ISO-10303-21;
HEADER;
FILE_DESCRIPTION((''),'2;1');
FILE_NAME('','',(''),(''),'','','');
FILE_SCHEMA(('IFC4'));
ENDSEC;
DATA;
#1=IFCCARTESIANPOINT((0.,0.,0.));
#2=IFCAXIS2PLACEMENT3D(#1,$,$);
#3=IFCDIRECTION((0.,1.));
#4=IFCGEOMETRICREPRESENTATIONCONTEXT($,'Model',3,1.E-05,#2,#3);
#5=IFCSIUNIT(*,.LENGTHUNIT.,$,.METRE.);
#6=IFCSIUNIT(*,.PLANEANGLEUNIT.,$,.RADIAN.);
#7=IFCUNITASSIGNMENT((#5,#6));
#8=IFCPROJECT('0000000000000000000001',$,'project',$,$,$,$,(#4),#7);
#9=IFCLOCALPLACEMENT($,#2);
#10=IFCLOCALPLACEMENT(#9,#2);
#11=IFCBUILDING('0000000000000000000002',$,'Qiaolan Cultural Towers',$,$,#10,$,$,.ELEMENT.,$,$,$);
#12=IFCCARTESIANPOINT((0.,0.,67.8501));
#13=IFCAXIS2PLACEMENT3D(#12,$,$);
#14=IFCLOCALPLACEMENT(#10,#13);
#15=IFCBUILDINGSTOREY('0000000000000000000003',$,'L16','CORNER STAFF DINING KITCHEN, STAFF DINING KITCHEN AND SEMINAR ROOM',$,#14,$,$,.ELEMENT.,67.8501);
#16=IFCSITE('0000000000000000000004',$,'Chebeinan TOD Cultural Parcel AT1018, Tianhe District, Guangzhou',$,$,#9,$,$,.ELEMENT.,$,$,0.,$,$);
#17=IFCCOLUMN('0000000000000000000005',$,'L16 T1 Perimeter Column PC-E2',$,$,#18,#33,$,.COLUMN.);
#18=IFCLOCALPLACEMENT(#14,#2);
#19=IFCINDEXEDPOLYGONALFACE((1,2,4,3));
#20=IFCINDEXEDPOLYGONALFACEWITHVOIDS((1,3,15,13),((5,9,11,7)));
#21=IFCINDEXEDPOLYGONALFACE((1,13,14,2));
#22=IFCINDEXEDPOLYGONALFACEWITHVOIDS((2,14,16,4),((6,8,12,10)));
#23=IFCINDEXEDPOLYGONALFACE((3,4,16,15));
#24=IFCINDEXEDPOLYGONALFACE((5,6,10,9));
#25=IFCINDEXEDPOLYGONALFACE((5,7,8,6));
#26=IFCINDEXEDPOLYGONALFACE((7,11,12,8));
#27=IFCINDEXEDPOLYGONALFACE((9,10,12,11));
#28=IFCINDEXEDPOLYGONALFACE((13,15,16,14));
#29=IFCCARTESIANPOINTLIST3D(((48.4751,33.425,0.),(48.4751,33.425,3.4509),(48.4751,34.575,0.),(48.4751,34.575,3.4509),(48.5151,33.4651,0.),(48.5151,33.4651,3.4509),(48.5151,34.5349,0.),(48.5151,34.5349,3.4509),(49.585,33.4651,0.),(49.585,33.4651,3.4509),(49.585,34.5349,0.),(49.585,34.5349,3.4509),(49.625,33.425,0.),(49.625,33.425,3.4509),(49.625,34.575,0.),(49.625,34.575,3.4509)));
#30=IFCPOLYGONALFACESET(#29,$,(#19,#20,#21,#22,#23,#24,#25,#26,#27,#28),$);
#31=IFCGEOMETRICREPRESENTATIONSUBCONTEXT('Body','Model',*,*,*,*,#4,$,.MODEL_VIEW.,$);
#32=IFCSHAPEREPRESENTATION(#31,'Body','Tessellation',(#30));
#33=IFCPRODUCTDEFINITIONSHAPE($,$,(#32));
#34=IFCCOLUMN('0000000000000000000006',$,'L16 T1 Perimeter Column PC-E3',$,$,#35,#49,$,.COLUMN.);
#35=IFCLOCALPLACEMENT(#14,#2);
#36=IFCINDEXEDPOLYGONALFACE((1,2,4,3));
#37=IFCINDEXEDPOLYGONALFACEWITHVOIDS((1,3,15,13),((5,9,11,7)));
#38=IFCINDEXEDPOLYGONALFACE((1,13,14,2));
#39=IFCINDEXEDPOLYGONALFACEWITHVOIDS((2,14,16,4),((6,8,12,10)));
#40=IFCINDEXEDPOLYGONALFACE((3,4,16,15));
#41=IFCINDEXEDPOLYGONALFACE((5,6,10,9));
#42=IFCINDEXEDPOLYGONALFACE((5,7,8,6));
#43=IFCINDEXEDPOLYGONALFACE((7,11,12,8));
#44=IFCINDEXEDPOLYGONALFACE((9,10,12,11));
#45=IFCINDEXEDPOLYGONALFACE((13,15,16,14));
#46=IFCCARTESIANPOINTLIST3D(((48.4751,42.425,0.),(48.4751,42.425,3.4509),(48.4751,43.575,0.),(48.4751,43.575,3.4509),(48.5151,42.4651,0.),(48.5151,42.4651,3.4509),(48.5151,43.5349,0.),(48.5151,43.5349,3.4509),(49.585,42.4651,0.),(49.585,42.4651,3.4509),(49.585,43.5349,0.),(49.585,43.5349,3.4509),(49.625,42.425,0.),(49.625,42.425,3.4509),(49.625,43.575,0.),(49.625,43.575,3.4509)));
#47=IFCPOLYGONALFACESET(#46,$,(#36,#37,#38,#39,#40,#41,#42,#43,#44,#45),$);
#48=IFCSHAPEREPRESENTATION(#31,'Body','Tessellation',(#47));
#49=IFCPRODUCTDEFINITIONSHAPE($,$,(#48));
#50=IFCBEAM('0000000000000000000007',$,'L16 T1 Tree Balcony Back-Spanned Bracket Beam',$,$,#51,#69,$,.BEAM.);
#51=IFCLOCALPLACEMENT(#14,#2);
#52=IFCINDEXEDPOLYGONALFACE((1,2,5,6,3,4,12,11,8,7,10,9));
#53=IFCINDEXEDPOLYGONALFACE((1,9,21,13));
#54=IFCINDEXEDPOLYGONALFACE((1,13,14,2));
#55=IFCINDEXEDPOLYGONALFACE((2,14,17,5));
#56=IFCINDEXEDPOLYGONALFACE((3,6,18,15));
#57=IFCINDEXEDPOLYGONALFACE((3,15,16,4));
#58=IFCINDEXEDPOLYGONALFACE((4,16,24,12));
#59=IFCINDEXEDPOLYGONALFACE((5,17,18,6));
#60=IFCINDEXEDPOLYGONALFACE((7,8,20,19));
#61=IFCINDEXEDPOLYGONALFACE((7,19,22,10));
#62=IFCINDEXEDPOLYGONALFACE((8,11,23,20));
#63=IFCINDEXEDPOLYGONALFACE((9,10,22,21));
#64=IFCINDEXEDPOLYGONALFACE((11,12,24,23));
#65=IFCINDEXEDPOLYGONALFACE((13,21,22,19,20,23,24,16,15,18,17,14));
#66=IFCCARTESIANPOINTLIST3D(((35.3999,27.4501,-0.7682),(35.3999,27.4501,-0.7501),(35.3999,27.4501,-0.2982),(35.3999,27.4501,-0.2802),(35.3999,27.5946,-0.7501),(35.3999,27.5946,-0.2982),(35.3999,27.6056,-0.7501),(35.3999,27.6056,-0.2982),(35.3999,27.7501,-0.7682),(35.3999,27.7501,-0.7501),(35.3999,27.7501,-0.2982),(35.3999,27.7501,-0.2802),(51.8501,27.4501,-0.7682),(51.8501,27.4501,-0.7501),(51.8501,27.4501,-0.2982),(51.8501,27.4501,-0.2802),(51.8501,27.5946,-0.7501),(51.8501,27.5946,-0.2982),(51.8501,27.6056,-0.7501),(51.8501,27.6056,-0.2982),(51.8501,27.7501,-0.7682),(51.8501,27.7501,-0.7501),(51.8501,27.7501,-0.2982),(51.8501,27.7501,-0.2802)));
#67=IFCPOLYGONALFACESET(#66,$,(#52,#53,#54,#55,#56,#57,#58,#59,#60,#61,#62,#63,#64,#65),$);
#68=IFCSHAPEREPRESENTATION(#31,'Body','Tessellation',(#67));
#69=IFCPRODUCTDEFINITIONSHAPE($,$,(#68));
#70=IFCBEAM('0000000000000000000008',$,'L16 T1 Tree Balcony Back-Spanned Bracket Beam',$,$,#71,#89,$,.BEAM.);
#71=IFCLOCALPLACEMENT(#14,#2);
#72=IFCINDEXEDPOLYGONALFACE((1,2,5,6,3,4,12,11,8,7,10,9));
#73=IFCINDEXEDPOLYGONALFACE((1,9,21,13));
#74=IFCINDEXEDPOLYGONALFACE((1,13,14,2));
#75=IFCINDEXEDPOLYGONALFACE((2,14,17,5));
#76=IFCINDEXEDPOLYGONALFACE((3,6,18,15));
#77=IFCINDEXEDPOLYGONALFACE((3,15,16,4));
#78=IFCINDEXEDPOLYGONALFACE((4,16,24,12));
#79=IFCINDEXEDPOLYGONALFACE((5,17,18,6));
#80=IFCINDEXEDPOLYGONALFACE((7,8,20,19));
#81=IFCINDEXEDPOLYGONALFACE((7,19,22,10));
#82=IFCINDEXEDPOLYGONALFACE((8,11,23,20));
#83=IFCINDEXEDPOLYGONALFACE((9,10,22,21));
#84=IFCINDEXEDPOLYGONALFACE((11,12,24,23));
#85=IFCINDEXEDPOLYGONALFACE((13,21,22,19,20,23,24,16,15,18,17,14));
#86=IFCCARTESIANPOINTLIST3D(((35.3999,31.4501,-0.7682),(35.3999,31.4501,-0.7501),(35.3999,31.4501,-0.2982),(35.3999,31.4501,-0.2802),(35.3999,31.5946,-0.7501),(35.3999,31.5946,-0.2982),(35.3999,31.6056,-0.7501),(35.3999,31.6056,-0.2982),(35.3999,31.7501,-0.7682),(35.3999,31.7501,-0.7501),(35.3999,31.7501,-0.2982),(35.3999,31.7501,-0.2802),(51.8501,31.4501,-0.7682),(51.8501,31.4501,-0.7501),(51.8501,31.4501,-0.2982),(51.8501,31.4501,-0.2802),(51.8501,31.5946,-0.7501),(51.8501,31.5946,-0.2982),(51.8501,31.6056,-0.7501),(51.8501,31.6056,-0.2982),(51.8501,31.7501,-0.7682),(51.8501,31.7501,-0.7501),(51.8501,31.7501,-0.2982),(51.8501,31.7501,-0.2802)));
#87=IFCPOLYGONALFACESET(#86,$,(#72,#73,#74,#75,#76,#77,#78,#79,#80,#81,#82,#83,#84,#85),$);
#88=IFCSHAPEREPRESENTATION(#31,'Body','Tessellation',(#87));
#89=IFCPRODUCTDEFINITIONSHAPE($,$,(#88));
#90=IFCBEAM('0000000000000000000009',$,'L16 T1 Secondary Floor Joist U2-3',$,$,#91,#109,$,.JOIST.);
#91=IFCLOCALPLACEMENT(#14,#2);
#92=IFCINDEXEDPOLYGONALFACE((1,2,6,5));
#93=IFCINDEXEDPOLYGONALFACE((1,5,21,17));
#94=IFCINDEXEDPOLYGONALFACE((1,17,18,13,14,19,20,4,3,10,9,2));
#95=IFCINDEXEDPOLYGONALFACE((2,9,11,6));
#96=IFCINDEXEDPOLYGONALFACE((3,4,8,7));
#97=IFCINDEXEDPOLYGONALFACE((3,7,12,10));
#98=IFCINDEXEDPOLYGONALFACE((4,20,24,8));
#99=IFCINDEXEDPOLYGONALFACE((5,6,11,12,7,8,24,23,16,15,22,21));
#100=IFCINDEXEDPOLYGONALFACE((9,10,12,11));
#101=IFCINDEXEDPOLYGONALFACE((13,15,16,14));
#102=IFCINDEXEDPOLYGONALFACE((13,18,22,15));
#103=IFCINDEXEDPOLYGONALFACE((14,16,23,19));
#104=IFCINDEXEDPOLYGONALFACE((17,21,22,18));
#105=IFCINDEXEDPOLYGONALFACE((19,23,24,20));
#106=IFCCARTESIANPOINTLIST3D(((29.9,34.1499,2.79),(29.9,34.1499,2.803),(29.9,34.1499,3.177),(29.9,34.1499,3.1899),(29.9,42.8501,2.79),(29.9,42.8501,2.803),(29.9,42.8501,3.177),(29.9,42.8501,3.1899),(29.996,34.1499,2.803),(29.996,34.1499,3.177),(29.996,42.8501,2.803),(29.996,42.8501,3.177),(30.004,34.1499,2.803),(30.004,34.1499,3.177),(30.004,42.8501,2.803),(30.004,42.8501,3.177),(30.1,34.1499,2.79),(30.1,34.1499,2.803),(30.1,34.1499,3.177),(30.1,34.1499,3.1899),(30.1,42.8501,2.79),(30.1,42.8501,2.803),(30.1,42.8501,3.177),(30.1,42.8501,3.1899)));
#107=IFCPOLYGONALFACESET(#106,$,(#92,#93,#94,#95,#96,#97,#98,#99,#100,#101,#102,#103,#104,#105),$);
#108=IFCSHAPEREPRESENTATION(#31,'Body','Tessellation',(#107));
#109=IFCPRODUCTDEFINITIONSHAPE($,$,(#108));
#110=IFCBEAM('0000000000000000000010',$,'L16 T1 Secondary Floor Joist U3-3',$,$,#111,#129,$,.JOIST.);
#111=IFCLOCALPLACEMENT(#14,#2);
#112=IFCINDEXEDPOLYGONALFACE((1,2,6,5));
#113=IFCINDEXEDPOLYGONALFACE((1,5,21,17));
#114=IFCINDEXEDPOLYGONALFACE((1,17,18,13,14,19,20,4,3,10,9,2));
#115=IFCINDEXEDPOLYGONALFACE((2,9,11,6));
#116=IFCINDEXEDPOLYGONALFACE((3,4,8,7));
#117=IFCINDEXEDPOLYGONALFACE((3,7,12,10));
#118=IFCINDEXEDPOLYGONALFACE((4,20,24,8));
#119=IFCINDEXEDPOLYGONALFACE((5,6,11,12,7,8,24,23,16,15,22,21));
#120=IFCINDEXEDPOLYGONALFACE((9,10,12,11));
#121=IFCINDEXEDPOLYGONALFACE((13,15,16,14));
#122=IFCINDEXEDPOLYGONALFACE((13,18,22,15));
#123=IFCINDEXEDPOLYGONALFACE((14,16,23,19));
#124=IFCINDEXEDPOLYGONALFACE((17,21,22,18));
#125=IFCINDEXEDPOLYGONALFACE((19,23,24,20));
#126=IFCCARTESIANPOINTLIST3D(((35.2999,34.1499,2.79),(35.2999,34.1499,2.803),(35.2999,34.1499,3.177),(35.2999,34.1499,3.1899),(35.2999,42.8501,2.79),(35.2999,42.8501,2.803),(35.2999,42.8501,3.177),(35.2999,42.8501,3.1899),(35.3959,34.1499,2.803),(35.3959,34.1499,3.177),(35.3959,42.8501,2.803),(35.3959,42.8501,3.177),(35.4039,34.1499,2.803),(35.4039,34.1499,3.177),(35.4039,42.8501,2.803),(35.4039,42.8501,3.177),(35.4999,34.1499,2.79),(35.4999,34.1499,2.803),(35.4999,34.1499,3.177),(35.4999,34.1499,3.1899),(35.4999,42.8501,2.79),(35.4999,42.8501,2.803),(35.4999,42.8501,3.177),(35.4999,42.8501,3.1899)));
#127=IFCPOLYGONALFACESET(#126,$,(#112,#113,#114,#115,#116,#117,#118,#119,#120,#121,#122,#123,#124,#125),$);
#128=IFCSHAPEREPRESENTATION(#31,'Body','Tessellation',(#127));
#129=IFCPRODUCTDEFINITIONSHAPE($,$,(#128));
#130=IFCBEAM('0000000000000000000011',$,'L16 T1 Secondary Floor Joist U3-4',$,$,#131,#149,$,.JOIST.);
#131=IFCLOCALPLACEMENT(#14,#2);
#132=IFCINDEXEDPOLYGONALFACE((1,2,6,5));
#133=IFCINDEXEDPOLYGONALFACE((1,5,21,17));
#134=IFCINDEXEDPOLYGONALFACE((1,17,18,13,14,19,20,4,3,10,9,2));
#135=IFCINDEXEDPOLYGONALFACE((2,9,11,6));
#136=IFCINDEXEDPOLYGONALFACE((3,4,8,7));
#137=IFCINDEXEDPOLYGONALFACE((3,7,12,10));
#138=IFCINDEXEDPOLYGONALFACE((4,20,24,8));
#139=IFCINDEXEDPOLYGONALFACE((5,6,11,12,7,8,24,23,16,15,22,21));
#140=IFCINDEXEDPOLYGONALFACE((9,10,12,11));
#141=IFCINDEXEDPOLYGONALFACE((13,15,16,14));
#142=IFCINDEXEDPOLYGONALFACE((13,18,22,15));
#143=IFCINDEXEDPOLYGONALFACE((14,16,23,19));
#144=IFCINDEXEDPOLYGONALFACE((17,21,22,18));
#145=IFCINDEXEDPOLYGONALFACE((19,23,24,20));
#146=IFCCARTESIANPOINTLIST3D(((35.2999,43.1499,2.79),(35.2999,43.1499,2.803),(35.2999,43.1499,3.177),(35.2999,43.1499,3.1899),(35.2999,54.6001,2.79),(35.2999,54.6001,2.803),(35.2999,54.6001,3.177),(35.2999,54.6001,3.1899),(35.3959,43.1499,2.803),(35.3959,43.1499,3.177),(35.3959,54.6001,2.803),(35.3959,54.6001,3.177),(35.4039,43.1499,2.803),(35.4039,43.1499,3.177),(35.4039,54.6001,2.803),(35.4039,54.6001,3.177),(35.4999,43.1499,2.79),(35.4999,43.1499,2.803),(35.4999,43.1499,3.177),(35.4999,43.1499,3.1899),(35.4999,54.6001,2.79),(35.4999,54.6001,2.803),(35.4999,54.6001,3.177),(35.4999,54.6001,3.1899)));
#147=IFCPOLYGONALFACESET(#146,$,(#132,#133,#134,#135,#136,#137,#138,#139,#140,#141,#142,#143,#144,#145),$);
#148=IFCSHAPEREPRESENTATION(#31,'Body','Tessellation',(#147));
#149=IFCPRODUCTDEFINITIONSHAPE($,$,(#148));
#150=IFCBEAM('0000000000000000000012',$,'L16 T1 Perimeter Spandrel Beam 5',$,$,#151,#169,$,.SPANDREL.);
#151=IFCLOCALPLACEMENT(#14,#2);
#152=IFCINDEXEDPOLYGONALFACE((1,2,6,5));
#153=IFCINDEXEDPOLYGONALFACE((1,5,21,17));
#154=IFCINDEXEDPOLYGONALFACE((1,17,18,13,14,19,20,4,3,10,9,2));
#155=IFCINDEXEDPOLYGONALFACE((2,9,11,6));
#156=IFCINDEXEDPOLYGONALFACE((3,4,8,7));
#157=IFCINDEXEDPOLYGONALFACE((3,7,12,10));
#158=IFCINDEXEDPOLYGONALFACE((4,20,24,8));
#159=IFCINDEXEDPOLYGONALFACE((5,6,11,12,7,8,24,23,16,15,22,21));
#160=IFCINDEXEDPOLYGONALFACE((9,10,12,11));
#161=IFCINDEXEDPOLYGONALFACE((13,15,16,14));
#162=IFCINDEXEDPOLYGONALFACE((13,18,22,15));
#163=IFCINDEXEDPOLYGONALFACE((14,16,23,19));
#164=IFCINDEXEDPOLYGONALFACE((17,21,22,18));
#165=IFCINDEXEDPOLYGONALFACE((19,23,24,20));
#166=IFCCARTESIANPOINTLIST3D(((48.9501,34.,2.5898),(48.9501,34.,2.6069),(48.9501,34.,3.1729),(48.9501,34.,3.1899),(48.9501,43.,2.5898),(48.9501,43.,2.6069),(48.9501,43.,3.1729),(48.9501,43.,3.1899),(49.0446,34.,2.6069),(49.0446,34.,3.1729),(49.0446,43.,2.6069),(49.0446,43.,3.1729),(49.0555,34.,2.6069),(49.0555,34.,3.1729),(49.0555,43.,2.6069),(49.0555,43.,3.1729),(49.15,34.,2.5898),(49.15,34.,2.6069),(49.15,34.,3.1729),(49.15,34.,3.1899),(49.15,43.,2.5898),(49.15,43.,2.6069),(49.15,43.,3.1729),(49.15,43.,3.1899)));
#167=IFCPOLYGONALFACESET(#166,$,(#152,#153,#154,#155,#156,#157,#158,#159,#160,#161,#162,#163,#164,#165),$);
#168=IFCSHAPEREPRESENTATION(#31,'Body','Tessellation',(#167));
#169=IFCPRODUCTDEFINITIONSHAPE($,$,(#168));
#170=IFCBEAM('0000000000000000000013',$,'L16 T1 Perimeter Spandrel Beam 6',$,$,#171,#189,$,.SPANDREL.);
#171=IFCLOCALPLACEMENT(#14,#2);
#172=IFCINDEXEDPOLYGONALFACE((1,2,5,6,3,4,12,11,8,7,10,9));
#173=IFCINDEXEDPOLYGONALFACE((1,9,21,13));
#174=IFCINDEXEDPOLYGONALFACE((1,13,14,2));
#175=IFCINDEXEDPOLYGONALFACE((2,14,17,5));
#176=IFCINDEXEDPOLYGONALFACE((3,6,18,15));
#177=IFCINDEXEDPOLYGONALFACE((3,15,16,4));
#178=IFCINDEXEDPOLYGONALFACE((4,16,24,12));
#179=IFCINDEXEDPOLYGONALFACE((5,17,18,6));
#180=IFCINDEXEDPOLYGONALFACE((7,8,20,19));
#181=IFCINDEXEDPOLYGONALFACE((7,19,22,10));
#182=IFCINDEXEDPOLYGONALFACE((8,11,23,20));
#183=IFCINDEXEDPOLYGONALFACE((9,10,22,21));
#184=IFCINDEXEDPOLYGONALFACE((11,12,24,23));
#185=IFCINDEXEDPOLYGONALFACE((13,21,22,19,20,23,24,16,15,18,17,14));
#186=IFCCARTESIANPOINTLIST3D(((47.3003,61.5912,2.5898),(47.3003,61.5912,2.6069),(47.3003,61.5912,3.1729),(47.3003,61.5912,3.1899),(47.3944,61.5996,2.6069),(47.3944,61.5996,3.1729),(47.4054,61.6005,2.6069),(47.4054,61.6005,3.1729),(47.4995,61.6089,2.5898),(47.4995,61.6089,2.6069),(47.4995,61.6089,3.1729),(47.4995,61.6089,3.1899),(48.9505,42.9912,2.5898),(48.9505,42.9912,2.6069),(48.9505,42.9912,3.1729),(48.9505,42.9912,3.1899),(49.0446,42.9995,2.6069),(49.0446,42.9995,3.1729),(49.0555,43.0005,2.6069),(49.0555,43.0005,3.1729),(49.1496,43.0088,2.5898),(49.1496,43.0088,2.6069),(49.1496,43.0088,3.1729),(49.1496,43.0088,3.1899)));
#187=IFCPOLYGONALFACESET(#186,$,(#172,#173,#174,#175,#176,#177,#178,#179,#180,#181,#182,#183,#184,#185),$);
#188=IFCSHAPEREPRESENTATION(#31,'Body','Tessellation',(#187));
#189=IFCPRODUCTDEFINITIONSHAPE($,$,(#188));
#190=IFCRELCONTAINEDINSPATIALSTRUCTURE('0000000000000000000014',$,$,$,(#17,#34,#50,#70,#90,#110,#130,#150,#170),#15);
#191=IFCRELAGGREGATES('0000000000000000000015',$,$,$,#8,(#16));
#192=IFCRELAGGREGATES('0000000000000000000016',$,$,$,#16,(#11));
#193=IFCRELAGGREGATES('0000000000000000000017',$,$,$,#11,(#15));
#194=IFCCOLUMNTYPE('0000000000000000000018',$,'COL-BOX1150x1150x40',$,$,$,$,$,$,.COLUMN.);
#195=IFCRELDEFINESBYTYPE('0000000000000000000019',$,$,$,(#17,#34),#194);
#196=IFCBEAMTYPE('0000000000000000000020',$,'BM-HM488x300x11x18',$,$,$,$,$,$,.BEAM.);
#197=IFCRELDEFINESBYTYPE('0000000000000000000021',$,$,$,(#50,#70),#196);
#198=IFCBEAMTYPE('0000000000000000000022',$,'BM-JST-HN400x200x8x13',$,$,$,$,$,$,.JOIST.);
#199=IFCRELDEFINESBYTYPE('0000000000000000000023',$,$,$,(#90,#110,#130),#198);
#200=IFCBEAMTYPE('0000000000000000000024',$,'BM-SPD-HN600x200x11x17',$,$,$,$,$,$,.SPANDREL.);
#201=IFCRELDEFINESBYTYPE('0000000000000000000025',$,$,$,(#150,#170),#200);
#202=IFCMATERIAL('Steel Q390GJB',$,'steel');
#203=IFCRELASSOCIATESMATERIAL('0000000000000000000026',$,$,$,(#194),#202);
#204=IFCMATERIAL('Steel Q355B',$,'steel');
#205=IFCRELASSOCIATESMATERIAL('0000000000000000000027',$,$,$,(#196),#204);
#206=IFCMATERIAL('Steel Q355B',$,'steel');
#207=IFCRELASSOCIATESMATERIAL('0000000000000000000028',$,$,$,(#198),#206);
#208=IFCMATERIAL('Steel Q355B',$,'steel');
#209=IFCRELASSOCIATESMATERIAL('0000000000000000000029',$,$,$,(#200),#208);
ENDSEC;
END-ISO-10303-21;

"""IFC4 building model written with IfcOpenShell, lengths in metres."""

from ifc_helpers import new_model, si_unit, direction, frame, origin, origin_2d, place, context, subcontext, project, spatial, hollow_rectangle, i_section, extrude, material, material_profile, profile_set, type_object, element, save


model = new_model("IFC4")

# Units and contexts
model_context = context("Model", 3, precision=1e-05, world=origin(), true_north=direction((0.0, 1.0)))
body_context = subcontext(model_context, "Body", "Model", "MODEL_VIEW")
ifc_project = project(units=[si_unit("LENGTHUNIT", "METRE"), si_unit("PLANEANGLEUNIT", "RADIAN")], contexts=[model_context])

# Site, building, storey
site_placement = place(None, origin())
site = spatial("IfcSite", under=ifc_project, at=site_placement, Name="Chebeinan TOD Cultural Parcel AT1018, Tianhe District, Guangzhou", CompositionType="ELEMENT", RefElevation=0.0)
building_placement = place(site_placement, origin())
building = spatial("IfcBuilding", under=site, at=building_placement, Name="Qiaolan Cultural Towers", CompositionType="ELEMENT")
storey_placement = place(building_placement, frame((0.0, 0.0, 67.8501)))
storey = spatial("IfcBuildingStorey", under=building, at=storey_placement, Name="L16", Description="CORNER STAFF DINING KITCHEN, STAFF DINING KITCHEN AND SEMINAR ROOM", CompositionType="ELEMENT", Elevation=67.8501)

# Columns
ifc_material_1 = material(Name="Steel Q390GJB", Category="steel")
ifc_material_profile_1 = material_profile(ifc_material_1, hollow_rectangle(XDim=1.1499, YDim=1.1499, WallThickness=0.04, at=origin_2d()), Name="BOX1150x1150x40")
ifc_profile_set_1 = profile_set([ifc_material_profile_1], Name="Steel Q390GJB")
column_type = type_object("IfcColumnType", Name="COL-BOX1150x1150x40", PredefinedType="COLUMN", material=ifc_profile_set_1)
for number, where, z_axis, x_axis, name in (
    (1, (49.05, 34.0, 0.0), (0.0, 0.0, 1.0), (1.0, 0.0, 0.0), "L16 T1 Perimeter Column PC-E2"),
    (2, (49.05, 43.0, 0.0), (0.0, 0.0, 1.0), (1.0, 0.0, 0.0), "L16 T1 Perimeter Column PC-E3"),
):
    element("IfcColumn", number, at=place(storey_placement, frame(where, z_axis=z_axis, x_axis=x_axis)), inside=storey, type_object=column_type, Name=name, PredefinedType="COLUMN", context=body_context, shape_type="SweptSolid", body=[
        extrude(hollow_rectangle(XDim=1.1499, YDim=1.1499, WallThickness=0.04, at=origin_2d()), origin(), (0.0, 0.0, 1.0), 3.4509),
    ])

# Beams
ifc_material_2 = material(Name="Steel Q355B", Category="steel")
ifc_material_profile_2 = material_profile(ifc_material_2, i_section(OverallWidth=0.3, OverallDepth=0.488, WebThickness=0.011, FlangeThickness=0.0181, at=origin_2d()), Name="HM488x300x11x18")
ifc_profile_set_2 = profile_set([ifc_material_profile_2], Name="Steel Q355B")
beam_type_1 = type_object("IfcBeamType", Name="BM-HM488x300x11x18", PredefinedType="BEAM", material=ifc_profile_set_2)
for number, where, z_axis, x_axis, name in (
    (3, (35.3999, 27.6001, -0.5242), (1.0, 0.0, 0.0), (0.0, 1.0, 0.0), "L16 T1 Tree Balcony Back-Spanned Bracket Beam"),
    (4, (35.3999, 31.6001, -0.5242), (1.0, 0.0, 0.0), (0.0, 1.0, 0.0), "L16 T1 Tree Balcony Back-Spanned Bracket Beam"),
):
    element("IfcBeam", number, at=place(storey_placement, frame(where, z_axis=z_axis, x_axis=x_axis)), inside=storey, type_object=beam_type_1, Name=name, PredefinedType="BEAM", context=body_context, shape_type="SweptSolid", body=[
        extrude(i_section(OverallWidth=0.3, OverallDepth=0.488, WebThickness=0.011, FlangeThickness=0.0181, at=origin_2d()), origin(), (0.0, 0.0, 1.0), 16.4502),
    ])
ifc_material_3 = material(Name="Steel Q355B", Category="steel")
ifc_material_profile_3 = material_profile(ifc_material_3, i_section(OverallWidth=0.2, OverallDepth=0.3999, WebThickness=0.0081, FlangeThickness=0.0129, at=origin_2d()), Name="HN400x200x8x13")
ifc_profile_set_3 = profile_set([ifc_material_profile_3], Name="Steel Q355B")
beam_type_2 = type_object("IfcBeamType", Name="BM-JST-HN400x200x8x13", PredefinedType="JOIST", material=ifc_profile_set_3)
for number, where, z_axis, x_axis, name in (
    (5, (30.0, 34.1499, 2.99), (0.0, 1.0, 0.0), (-1.0, 0.0, 0.0), "L16 T1 Secondary Floor Joist U2-3"),
    (6, (35.3999, 34.1499, 2.99), (0.0, 1.0, 0.0), (-1.0, 0.0, 0.0), "L16 T1 Secondary Floor Joist U3-3"),
):
    element("IfcBeam", number, at=place(storey_placement, frame(where, z_axis=z_axis, x_axis=x_axis)), inside=storey, type_object=beam_type_2, Name=name, PredefinedType="JOIST", context=body_context, shape_type="SweptSolid", body=[
        extrude(i_section(OverallWidth=0.2, OverallDepth=0.3999, WebThickness=0.0081, FlangeThickness=0.0129, at=origin_2d()), origin(), (0.0, 0.0, 1.0), 8.7002),
    ])
beam_1_placement = place(storey_placement, frame((35.3999, 43.1499, 2.99), z_axis=(0.0, 1.0, 0.0), x_axis=(-1.0, 0.0, 0.0)))
element("IfcBeam", 7, at=beam_1_placement, inside=storey, type_object=beam_type_2, Name="L16 T1 Secondary Floor Joist U3-4", PredefinedType="JOIST", context=body_context, shape_type="SweptSolid", body=[
    extrude(i_section(OverallWidth=0.2, OverallDepth=0.3999, WebThickness=0.0081, FlangeThickness=0.0129, at=origin_2d()), origin(), (0.0, 0.0, 1.0), 11.4502),
])
ifc_material_4 = material(Name="Steel Q355B", Category="steel")
ifc_material_profile_4 = material_profile(ifc_material_4, i_section(OverallWidth=0.2, OverallDepth=0.6001, WebThickness=0.011, FlangeThickness=0.0171, at=origin_2d()), Name="HN600x200x11x17")
ifc_profile_set_4 = profile_set([ifc_material_profile_4], Name="Steel Q355B")
beam_type_3 = type_object("IfcBeamType", Name="BM-SPD-HN600x200x11x17", PredefinedType="SPANDREL", material=ifc_profile_set_4)
beam_2_placement = place(storey_placement, frame((49.05, 34.0, 2.8899), z_axis=(0.0, 1.0, 0.0), x_axis=(-1.0, 0.0, 0.0)))
element("IfcBeam", 8, at=beam_2_placement, inside=storey, type_object=beam_type_3, Name="L16 T1 Perimeter Spandrel Beam 5", PredefinedType="SPANDREL", context=body_context, shape_type="SweptSolid", body=[
    extrude(i_section(OverallWidth=0.2, OverallDepth=0.6001, WebThickness=0.011, FlangeThickness=0.0171, at=origin_2d()), origin(), (0.0, 0.0, 1.0), 9.0),
])
beam_3_placement = place(storey_placement, frame((49.05, 43.0, 2.8899), z_axis=(-0.08837, 0.996088, 0.0), x_axis=(-0.996088, -0.08837, 0.0)))
element("IfcBeam", 9, at=beam_3_placement, inside=storey, type_object=beam_type_3, Name="L16 T1 Perimeter Spandrel Beam 6", PredefinedType="SPANDREL", context=body_context, shape_type="SweptSolid", body=[
    extrude(i_section(OverallWidth=0.2, OverallDepth=0.6001, WebThickness=0.011, FlangeThickness=0.0171, at=origin_2d()), origin(), (0.0, 0.0, 1.0), 18.6731),
])

save(model, "model.ifc")
